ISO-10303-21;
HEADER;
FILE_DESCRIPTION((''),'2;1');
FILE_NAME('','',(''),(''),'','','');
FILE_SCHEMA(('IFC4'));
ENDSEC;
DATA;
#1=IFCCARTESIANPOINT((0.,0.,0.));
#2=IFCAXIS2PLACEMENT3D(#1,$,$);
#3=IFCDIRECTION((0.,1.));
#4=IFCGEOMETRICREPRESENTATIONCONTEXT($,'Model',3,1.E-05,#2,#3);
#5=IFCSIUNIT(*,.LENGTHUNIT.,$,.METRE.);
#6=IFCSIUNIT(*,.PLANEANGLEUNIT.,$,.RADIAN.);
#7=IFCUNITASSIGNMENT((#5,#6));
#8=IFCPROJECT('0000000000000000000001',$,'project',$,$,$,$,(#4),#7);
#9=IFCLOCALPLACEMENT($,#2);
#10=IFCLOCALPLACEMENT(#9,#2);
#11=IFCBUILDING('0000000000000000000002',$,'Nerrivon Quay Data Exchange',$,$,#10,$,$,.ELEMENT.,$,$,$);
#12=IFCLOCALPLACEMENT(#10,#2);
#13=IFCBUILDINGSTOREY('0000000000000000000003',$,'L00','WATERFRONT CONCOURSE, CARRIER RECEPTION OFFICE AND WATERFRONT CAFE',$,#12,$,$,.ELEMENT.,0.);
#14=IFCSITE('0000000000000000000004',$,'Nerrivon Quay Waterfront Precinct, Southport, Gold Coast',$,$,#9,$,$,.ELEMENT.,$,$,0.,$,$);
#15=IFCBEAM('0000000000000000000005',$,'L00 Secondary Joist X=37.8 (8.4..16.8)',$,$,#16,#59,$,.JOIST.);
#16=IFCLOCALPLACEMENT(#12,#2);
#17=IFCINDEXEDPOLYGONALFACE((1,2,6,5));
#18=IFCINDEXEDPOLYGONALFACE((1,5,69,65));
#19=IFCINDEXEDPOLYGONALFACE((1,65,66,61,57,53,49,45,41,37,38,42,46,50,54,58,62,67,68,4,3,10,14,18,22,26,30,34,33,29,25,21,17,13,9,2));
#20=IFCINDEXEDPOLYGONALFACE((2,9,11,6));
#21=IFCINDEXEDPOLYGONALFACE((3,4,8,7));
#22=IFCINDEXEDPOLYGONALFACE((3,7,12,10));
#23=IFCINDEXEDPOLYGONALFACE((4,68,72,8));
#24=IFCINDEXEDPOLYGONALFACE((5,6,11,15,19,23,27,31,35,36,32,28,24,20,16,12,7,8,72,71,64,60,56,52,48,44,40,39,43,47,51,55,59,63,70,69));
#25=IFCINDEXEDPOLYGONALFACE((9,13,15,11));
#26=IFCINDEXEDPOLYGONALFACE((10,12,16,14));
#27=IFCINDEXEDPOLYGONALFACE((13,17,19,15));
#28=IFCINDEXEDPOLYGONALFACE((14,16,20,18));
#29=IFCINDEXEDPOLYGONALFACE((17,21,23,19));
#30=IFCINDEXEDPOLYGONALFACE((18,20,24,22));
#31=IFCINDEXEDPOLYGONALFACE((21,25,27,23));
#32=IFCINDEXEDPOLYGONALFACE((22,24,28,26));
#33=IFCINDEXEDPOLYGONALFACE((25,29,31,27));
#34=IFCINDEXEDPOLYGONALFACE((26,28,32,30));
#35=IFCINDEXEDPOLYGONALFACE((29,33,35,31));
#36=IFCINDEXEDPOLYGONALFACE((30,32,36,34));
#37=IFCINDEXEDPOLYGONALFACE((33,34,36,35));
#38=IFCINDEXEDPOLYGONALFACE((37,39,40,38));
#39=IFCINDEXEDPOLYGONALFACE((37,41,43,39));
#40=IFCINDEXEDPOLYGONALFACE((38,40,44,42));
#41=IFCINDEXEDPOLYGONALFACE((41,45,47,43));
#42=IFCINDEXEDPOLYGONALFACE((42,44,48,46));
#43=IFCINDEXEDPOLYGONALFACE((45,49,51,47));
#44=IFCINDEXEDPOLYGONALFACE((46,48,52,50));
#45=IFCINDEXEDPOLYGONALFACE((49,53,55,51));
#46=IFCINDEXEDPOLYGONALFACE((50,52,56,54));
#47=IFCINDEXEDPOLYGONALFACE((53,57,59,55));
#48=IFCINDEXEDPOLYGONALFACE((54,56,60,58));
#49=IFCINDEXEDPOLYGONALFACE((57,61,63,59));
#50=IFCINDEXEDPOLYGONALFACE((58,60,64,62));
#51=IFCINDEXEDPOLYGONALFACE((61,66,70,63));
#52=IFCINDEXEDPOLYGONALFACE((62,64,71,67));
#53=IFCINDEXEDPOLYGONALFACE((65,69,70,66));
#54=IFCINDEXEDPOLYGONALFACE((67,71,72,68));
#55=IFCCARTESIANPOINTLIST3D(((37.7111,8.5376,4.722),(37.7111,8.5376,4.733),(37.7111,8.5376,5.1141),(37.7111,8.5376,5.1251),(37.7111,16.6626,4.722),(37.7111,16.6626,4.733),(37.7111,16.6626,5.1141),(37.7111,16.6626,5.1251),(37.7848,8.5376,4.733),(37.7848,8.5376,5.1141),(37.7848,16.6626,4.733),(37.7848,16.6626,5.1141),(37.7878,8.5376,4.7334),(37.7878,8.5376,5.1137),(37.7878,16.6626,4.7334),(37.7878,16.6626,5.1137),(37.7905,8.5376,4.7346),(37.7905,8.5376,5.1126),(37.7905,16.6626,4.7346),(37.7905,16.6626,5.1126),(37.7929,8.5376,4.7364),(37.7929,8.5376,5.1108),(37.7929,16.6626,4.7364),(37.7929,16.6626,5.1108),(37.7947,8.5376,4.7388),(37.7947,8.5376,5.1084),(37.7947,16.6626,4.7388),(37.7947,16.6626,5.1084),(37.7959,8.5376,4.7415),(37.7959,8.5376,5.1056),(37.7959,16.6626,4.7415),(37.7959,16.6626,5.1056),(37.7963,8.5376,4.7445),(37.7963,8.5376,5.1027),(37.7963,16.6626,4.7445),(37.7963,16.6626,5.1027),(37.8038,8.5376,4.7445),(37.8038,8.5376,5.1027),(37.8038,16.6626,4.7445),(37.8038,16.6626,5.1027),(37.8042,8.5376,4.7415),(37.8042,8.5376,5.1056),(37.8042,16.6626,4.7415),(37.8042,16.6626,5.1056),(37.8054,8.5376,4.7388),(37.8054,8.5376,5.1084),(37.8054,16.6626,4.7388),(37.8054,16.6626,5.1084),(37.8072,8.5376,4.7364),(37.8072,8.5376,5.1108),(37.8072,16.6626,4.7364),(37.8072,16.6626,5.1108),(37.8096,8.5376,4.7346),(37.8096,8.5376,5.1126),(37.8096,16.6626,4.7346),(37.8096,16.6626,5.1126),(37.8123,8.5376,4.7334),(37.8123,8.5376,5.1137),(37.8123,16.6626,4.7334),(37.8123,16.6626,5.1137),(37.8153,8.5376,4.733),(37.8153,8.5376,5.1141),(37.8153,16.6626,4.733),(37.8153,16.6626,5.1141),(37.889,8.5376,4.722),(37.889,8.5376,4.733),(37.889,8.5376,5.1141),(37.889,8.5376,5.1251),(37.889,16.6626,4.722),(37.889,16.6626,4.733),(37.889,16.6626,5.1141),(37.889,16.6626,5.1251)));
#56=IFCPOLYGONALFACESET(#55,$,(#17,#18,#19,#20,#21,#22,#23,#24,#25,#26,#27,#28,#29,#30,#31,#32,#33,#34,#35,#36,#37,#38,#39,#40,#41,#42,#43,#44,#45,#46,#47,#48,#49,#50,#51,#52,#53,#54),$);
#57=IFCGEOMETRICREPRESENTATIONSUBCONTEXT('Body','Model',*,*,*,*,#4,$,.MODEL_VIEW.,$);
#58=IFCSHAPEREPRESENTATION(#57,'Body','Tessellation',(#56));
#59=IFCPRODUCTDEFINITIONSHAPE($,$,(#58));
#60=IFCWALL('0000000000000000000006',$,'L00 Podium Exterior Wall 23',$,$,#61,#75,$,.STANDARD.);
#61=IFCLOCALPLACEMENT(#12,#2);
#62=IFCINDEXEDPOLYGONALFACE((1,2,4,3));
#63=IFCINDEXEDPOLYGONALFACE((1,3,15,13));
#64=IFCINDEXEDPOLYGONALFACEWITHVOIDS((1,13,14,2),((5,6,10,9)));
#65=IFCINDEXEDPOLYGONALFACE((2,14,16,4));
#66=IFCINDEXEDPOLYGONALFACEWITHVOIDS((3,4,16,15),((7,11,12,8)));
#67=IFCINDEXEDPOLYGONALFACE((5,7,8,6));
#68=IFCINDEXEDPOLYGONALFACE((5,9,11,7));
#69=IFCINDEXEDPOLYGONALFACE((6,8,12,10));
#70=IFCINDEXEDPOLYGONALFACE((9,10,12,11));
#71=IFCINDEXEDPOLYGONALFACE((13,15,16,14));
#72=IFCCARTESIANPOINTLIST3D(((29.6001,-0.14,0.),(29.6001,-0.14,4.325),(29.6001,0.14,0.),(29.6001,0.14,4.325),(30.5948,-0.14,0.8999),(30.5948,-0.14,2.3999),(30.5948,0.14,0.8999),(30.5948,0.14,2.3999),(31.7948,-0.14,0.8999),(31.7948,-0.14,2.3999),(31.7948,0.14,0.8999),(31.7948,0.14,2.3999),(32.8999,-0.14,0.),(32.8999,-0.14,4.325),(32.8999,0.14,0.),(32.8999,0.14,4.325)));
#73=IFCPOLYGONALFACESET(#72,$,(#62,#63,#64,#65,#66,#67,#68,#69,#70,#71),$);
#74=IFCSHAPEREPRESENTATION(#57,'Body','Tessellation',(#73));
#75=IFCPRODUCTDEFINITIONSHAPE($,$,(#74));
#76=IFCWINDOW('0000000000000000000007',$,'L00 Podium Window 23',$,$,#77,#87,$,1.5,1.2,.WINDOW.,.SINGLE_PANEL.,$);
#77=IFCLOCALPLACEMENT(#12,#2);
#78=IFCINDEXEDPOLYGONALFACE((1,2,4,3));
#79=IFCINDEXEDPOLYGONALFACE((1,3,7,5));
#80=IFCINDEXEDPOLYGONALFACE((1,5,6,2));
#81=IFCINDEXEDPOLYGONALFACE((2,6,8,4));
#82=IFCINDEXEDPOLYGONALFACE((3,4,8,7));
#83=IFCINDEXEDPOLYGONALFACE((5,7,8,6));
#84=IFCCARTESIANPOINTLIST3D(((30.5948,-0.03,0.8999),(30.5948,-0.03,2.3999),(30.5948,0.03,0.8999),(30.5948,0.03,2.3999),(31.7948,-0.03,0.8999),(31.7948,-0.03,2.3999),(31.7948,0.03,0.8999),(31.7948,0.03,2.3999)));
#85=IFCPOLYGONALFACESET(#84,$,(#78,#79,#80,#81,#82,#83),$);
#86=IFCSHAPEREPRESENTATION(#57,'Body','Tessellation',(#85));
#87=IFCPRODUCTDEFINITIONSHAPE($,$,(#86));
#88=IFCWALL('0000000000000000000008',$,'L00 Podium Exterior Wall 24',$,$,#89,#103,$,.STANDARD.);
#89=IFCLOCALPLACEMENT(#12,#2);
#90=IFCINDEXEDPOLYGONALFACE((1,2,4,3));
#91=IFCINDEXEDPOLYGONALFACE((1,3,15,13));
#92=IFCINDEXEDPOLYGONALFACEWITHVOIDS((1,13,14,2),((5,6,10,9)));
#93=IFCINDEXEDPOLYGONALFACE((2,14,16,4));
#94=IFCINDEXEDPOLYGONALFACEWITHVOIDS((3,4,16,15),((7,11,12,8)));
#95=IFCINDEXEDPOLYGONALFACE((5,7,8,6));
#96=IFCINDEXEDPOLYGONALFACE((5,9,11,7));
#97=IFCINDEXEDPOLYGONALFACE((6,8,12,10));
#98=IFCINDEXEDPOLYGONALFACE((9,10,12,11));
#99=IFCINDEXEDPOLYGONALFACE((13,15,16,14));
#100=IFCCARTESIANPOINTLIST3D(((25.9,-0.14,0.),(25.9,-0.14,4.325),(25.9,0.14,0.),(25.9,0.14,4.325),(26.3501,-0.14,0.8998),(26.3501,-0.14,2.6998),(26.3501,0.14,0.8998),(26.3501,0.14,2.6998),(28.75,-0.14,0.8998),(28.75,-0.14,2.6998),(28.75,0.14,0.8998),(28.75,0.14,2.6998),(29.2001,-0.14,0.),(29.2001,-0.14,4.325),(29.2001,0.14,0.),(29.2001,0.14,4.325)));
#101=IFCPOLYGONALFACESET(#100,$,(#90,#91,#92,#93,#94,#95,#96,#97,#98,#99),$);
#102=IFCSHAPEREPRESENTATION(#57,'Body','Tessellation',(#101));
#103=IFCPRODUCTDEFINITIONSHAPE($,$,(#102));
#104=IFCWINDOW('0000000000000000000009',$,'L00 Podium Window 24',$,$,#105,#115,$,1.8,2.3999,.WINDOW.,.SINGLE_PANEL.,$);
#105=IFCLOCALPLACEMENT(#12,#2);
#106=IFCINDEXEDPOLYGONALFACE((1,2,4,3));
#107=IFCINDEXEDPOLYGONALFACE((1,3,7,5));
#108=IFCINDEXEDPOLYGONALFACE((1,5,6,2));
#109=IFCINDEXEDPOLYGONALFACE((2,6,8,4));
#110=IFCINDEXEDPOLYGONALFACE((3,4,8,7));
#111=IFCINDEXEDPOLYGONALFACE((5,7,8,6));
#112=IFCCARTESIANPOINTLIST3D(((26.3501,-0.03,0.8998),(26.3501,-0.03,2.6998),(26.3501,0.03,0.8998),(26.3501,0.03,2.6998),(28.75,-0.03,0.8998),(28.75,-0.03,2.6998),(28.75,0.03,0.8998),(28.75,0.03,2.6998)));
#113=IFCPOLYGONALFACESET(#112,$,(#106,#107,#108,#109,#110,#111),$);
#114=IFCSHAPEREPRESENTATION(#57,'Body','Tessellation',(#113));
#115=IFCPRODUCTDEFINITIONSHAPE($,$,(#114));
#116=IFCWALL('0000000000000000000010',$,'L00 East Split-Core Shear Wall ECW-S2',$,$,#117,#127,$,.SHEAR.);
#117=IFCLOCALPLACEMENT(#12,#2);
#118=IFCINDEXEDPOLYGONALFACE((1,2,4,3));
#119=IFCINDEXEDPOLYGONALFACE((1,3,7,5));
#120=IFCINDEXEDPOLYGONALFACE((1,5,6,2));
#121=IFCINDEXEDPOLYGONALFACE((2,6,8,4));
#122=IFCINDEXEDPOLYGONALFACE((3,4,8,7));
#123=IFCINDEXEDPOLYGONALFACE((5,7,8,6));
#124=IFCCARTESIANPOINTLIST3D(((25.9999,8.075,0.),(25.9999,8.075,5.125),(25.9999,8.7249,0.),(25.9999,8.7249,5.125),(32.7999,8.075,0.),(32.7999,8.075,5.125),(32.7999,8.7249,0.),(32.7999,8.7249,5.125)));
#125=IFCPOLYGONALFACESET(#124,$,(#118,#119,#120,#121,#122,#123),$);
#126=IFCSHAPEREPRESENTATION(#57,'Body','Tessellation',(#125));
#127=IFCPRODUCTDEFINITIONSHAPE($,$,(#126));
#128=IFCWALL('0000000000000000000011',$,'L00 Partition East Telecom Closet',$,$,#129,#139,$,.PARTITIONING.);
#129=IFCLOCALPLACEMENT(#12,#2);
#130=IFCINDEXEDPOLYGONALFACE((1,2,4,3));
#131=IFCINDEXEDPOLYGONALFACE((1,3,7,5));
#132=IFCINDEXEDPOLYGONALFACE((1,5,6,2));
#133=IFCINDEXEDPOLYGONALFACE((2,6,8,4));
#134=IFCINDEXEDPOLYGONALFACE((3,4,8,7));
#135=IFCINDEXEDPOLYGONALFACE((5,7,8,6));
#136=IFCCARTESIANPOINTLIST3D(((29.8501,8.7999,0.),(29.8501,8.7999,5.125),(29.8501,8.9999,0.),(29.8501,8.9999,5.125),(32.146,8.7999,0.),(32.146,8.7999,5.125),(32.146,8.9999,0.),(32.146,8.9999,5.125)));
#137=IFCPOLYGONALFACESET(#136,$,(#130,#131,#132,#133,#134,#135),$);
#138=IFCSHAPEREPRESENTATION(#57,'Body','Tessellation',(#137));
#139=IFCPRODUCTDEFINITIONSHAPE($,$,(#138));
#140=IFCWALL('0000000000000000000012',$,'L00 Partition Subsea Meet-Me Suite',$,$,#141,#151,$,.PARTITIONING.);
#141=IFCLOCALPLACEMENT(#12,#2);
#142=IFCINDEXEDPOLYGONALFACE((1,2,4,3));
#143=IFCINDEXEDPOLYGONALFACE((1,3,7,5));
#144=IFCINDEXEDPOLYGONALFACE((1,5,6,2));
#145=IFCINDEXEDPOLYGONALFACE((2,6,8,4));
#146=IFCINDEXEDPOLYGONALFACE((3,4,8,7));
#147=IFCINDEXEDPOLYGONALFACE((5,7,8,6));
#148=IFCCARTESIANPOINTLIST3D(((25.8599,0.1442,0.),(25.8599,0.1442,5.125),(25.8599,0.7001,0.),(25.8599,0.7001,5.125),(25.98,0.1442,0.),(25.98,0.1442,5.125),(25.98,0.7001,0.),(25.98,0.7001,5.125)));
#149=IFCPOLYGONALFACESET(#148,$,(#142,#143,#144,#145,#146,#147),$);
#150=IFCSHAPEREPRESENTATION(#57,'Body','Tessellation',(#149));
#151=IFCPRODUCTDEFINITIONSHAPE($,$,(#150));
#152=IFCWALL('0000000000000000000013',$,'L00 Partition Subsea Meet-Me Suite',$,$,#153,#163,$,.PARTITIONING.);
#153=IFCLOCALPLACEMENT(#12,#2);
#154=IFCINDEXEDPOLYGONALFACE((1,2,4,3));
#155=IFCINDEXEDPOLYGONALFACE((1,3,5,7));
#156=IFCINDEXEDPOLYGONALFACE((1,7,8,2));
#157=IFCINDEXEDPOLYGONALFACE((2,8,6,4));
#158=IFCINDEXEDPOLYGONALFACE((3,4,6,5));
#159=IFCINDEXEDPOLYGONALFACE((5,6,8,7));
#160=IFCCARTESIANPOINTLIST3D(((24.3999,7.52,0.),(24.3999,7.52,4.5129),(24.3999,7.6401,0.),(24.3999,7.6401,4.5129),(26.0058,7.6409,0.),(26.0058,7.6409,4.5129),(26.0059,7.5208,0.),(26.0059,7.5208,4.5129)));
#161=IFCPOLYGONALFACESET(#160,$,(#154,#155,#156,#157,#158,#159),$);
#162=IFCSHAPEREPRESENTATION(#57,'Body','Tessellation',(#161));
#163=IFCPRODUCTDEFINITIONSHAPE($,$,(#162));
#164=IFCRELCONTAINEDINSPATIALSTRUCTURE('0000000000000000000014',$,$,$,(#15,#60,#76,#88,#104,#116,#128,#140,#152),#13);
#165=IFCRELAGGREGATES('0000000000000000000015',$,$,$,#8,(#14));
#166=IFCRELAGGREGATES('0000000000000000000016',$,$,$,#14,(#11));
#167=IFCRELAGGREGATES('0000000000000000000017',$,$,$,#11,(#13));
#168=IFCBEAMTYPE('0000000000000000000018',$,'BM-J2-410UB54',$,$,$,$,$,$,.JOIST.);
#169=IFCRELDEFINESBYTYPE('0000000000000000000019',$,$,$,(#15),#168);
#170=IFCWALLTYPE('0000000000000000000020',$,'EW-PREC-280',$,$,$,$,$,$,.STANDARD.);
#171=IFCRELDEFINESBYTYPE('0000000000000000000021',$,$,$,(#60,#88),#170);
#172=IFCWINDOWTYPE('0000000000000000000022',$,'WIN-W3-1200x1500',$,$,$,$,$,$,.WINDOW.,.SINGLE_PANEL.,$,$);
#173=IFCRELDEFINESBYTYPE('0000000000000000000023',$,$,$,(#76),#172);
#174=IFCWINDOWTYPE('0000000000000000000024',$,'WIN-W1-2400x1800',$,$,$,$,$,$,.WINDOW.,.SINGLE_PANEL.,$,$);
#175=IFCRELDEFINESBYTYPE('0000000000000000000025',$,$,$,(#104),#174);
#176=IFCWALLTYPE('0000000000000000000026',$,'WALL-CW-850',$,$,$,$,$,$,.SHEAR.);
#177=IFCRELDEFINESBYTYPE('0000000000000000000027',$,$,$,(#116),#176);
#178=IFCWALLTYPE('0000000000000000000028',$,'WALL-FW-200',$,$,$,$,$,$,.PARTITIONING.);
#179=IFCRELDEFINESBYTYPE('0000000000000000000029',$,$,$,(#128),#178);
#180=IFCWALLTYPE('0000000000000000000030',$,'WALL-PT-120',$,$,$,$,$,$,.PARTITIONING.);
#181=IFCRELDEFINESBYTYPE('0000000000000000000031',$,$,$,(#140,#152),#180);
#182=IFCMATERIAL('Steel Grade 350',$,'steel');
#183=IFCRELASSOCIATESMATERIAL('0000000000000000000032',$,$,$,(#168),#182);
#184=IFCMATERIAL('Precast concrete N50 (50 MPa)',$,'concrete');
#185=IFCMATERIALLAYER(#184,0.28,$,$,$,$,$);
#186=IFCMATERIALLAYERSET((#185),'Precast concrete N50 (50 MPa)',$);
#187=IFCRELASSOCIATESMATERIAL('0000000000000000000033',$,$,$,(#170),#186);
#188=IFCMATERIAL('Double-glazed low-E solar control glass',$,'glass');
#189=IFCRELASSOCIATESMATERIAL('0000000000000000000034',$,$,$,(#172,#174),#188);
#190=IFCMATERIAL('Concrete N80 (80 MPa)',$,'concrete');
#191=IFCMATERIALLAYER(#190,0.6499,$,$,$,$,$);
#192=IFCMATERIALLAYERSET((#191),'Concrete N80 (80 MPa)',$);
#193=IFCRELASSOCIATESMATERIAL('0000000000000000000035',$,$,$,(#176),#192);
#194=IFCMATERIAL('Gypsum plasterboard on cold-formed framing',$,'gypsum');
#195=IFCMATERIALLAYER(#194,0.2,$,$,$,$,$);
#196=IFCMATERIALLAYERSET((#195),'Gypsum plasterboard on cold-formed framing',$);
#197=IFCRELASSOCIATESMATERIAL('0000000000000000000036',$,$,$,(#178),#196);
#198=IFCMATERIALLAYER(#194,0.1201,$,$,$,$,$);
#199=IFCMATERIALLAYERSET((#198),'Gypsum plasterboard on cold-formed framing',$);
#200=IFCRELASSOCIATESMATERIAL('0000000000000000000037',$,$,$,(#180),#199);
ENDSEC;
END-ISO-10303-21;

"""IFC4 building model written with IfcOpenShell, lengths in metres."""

from ifc_helpers import new_model, si_unit, direction, frame, frame_2d, origin, origin_2d, place, context, subcontext, project, spatial, rectangle, i_section, extrude, material, layer, layer_set, material_profile, profile_set, type_object, element, fill, save


model = new_model("IFC4")

# Units and contexts
model_context = context("Model", 3, precision=1e-05, world=origin(), true_north=direction((0.0, 1.0)))
body_context = subcontext(model_context, "Body", "Model", "MODEL_VIEW")
ifc_project = project(units=[si_unit("LENGTHUNIT", "METRE"), si_unit("PLANEANGLEUNIT", "RADIAN")], contexts=[model_context])

# Site, building, storey
site_placement = place(None, origin())
site = spatial("IfcSite", under=ifc_project, at=site_placement, Name="Nerrivon Quay Waterfront Precinct, Southport, Gold Coast", CompositionType="ELEMENT", RefElevation=0.0)
building_placement = place(site_placement, origin())
building = spatial("IfcBuilding", under=site, at=building_placement, Name="Nerrivon Quay Data Exchange", CompositionType="ELEMENT")
storey_placement = place(building_placement, origin())
storey = spatial("IfcBuildingStorey", under=building, at=storey_placement, Name="L00", Description="WATERFRONT CONCOURSE, CARRIER RECEPTION OFFICE AND WATERFRONT CAFE", CompositionType="ELEMENT", Elevation=0.0)

# Shared definitions
ifc_material_1 = material(Name="Concrete N80 (80 MPa)", Category="concrete")

# Beam
ifc_material_2 = material(Name="Steel Grade 350", Category="steel")
ifc_material_profile_1 = material_profile(ifc_material_2, i_section(OverallWidth=0.178, OverallDepth=0.4031, WebThickness=0.0076, FlangeThickness=0.011, FilletRadius=0.0115, at=origin_2d()), Name="410UB53.7")
ifc_profile_set_1 = profile_set([ifc_material_profile_1], Name="Steel Grade 350")
beam_type_1 = type_object("IfcBeamType", Name="BM-J2-410UB54", PredefinedType="JOIST", material=ifc_profile_set_1)
for number, where, z_axis, x_axis, name in (
    (1, (37.8, 8.5376, 4.9236), (0.0, 1.0, 0.0), (-1.0, 0.0, 0.0), "L00 Secondary Joist X=37.8 (8.4..16.8)"),
):
    element("IfcBeam", number, at=place(storey_placement, frame(where, z_axis=z_axis, x_axis=x_axis)), inside=storey, type_object=beam_type_1, Name=name, PredefinedType="JOIST", context=body_context, shape_type="SweptSolid", body=[
        extrude(i_section(OverallWidth=0.178, OverallDepth=0.4031, WebThickness=0.0076, FlangeThickness=0.011, FilletRadius=0.0115, at=origin_2d()), origin(), (0.0, 0.0, 1.0), 8.125),
    ])

# Walls, openings, windows
ifc_material_3 = material(Name="Precast concrete N50 (50 MPa)", Category="concrete")
ifc_layer_1 = layer(ifc_material_3, 0.28)
ifc_layer_set_1 = layer_set([ifc_layer_1], Name="Precast concrete N50 (50 MPa)")
wall_type_1 = type_object("IfcWallType", Name="EW-PREC-280", PredefinedType="STANDARD", material=ifc_layer_set_1)
wall_1_placement = place(storey_placement, frame((32.8999, 0.0, 0.0), z_axis=(0.0, 0.0, 1.0), x_axis=(-1.0, 0.0, 0.0)))
wall_1 = element("IfcWall", 2, at=wall_1_placement, inside=storey, type_object=wall_type_1, Name="L00 Podium Exterior Wall 23", PredefinedType="STANDARD", context=body_context, shape_type="SweptSolid", body=[
    extrude(rectangle(XDim=3.2998, YDim=0.28, at=frame_2d((1.6499, 0.0))), origin(), (0.0, 0.0, 1.0), 4.325),
])
opening_1_placement = place(wall_1_placement, frame((1.105, 0.0, 0.8999)))
opening_1 = element("IfcOpeningElement", 3, at=opening_1_placement, cuts=wall_1, PredefinedType="OPENING", context=body_context, shape_type="SweptSolid", body=[
    extrude(rectangle(XDim=1.2, YDim=1.5, at=frame_2d((0.6001, 0.75))), frame((0.0, 0.1499, 0.0), z_axis=(0.0, -1.0, 0.0), x_axis=(1.0, 0.0, 0.0)), (0.0, 0.0, 1.0), 0.3),
])
ifc_material_4 = material(Name="Double-glazed low-E solar control glass", Category="glass")
window_type_1 = type_object("IfcWindowType", Name="WIN-W3-1200x1500", PartitioningType="SINGLE_PANEL", PredefinedType="WINDOW", material=ifc_material_4)
window_1_placement = place(opening_1_placement, origin())
window_1 = element("IfcWindow", 4, at=window_1_placement, inside=storey, type_object=window_type_1, Name="L00 Podium Window 23", OverallHeight=1.5, OverallWidth=1.2, PartitioningType="SINGLE_PANEL", PredefinedType="WINDOW", context=body_context, shape_type="SweptSolid", body=[
    extrude(rectangle(XDim=1.2, YDim=1.5, at=frame_2d((0.6001, 0.75))), frame((0.0, 0.03, 0.0), z_axis=(0.0, -1.0, 0.0), x_axis=(1.0, 0.0, 0.0)), (0.0, 0.0, 1.0), 0.0601),
])
fill(opening_1, window_1)
wall_2_placement = place(storey_placement, frame((29.2, 0.0, 0.0), z_axis=(0.0, 0.0, 1.0), x_axis=(-1.0, 0.0, 0.0)))
wall_2 = element("IfcWall", 5, at=wall_2_placement, inside=storey, type_object=wall_type_1, Name="L00 Podium Exterior Wall 24", PredefinedType="STANDARD", context=body_context, shape_type="SweptSolid", body=[
    extrude(rectangle(XDim=3.3, YDim=0.28, at=frame_2d((1.6499, 0.0))), origin(), (0.0, 0.0, 1.0), 4.325),
])
opening_2_placement = place(wall_2_placement, frame((0.45, 0.0, 0.8999)))
opening_2 = element("IfcOpeningElement", 6, at=opening_2_placement, cuts=wall_2, PredefinedType="OPENING", context=body_context, shape_type="SweptSolid", body=[
    extrude(rectangle(XDim=2.3999, YDim=1.8, at=frame_2d((1.2, 0.8999))), frame((0.0, 0.1499, 0.0), z_axis=(0.0, -1.0, 0.0), x_axis=(1.0, 0.0, 0.0)), (0.0, 0.0, 1.0), 0.3),
])
window_type_2 = type_object("IfcWindowType", Name="WIN-W1-2400x1800", PartitioningType="SINGLE_PANEL", PredefinedType="WINDOW", material=ifc_material_4)
window_2_placement = place(opening_2_placement, origin())
window_2 = element("IfcWindow", 7, at=window_2_placement, inside=storey, type_object=window_type_2, Name="L00 Podium Window 24", OverallHeight=1.8, OverallWidth=2.3999, PartitioningType="SINGLE_PANEL", PredefinedType="WINDOW", context=body_context, shape_type="SweptSolid", body=[
    extrude(rectangle(XDim=2.3999, YDim=1.8, at=frame_2d((1.2, 0.8999))), frame((0.0, 0.03, 0.0), z_axis=(0.0, -1.0, 0.0), x_axis=(1.0, 0.0, 0.0)), (0.0, 0.0, 1.0), 0.0601),
])
fill(opening_2, window_2)

# Wall
ifc_layer_2 = layer(ifc_material_1, 0.6499)
ifc_layer_set_2 = layer_set([ifc_layer_2], Name="Concrete N80 (80 MPa)")
wall_type_2 = type_object("IfcWallType", Name="WALL-CW-850", PredefinedType="SHEAR", material=ifc_layer_set_2)
wall_3_placement = place(storey_placement, frame((26.0, 8.3999, 0.0), z_axis=(0.0, 0.0, 1.0), x_axis=(1.0, 0.0, 0.0)))
element("IfcWall", 8, at=wall_3_placement, inside=storey, type_object=wall_type_2, Name="L00 East Split-Core Shear Wall ECW-S2", PredefinedType="SHEAR", context=body_context, shape_type="SweptSolid", body=[
    extrude(rectangle(XDim=6.8, YDim=0.6499, at=frame_2d((3.3999, 0.0))), origin(), (0.0, 0.0, 1.0), 5.125),
])

# Walls
ifc_material_5 = material(Name="Gypsum plasterboard on cold-formed framing", Category="gypsum")
ifc_layer_3 = layer(ifc_material_5, 0.2)
ifc_layer_set_3 = layer_set([ifc_layer_3], Name="Gypsum plasterboard on cold-formed framing")
wall_type_3 = type_object("IfcWallType", Name="WALL-FW-200", PredefinedType="PARTITIONING", material=ifc_layer_set_3)
wall_4_placement = place(storey_placement, frame((29.8501, 8.8999, 0.0), z_axis=(0.0, 0.0, 1.0), x_axis=(1.0, 0.0, 0.0)))
element("IfcWall", 9, at=wall_4_placement, inside=storey, type_object=wall_type_3, Name="L00 Partition East Telecom Closet", PredefinedType="PARTITIONING", context=body_context, shape_type="SweptSolid", body=[
    extrude(rectangle(XDim=2.2959, YDim=0.2, at=frame_2d((1.1479, 0.0))), origin(), (0.0, 0.0, 1.0), 5.125),
])
ifc_layer_4 = layer(ifc_material_5, 0.1201)
ifc_layer_set_4 = layer_set([ifc_layer_4], Name="Gypsum plasterboard on cold-formed framing")
wall_type_4 = type_object("IfcWallType", Name="WALL-PT-120", PredefinedType="PARTITIONING", material=ifc_layer_set_4)
wall_5_placement = place(storey_placement, frame((25.9199, 0.7, 0.0), z_axis=(0.0, 0.0, 1.0), x_axis=(0.0, -1.0, 0.0)))
element("IfcWall", 10, at=wall_5_placement, inside=storey, type_object=wall_type_4, Name="L00 Partition Subsea Meet-Me Suite", PredefinedType="PARTITIONING", context=body_context, shape_type="SweptSolid", body=[
    extrude(rectangle(XDim=0.5559, YDim=0.1201, at=frame_2d((0.2778, 0.0))), origin(), (0.0, 0.0, 1.0), 5.125),
])
wall_6_placement = place(storey_placement, frame((26.0059, 7.5808, 0.0), z_axis=(0.0, 0.0, 1.0), x_axis=(-1.0, -0.000456, 0.0)))
element("IfcWall", 11, at=wall_6_placement, inside=storey, type_object=wall_type_4, Name="L00 Partition Subsea Meet-Me Suite", PredefinedType="PARTITIONING", context=body_context, shape_type="SweptSolid", body=[
    extrude(rectangle(XDim=1.606, YDim=0.1201, at=frame_2d((0.803, 0.0))), origin(), (0.0, 0.0, 1.0), 4.5129),
])

save(model, "model.ifc")
